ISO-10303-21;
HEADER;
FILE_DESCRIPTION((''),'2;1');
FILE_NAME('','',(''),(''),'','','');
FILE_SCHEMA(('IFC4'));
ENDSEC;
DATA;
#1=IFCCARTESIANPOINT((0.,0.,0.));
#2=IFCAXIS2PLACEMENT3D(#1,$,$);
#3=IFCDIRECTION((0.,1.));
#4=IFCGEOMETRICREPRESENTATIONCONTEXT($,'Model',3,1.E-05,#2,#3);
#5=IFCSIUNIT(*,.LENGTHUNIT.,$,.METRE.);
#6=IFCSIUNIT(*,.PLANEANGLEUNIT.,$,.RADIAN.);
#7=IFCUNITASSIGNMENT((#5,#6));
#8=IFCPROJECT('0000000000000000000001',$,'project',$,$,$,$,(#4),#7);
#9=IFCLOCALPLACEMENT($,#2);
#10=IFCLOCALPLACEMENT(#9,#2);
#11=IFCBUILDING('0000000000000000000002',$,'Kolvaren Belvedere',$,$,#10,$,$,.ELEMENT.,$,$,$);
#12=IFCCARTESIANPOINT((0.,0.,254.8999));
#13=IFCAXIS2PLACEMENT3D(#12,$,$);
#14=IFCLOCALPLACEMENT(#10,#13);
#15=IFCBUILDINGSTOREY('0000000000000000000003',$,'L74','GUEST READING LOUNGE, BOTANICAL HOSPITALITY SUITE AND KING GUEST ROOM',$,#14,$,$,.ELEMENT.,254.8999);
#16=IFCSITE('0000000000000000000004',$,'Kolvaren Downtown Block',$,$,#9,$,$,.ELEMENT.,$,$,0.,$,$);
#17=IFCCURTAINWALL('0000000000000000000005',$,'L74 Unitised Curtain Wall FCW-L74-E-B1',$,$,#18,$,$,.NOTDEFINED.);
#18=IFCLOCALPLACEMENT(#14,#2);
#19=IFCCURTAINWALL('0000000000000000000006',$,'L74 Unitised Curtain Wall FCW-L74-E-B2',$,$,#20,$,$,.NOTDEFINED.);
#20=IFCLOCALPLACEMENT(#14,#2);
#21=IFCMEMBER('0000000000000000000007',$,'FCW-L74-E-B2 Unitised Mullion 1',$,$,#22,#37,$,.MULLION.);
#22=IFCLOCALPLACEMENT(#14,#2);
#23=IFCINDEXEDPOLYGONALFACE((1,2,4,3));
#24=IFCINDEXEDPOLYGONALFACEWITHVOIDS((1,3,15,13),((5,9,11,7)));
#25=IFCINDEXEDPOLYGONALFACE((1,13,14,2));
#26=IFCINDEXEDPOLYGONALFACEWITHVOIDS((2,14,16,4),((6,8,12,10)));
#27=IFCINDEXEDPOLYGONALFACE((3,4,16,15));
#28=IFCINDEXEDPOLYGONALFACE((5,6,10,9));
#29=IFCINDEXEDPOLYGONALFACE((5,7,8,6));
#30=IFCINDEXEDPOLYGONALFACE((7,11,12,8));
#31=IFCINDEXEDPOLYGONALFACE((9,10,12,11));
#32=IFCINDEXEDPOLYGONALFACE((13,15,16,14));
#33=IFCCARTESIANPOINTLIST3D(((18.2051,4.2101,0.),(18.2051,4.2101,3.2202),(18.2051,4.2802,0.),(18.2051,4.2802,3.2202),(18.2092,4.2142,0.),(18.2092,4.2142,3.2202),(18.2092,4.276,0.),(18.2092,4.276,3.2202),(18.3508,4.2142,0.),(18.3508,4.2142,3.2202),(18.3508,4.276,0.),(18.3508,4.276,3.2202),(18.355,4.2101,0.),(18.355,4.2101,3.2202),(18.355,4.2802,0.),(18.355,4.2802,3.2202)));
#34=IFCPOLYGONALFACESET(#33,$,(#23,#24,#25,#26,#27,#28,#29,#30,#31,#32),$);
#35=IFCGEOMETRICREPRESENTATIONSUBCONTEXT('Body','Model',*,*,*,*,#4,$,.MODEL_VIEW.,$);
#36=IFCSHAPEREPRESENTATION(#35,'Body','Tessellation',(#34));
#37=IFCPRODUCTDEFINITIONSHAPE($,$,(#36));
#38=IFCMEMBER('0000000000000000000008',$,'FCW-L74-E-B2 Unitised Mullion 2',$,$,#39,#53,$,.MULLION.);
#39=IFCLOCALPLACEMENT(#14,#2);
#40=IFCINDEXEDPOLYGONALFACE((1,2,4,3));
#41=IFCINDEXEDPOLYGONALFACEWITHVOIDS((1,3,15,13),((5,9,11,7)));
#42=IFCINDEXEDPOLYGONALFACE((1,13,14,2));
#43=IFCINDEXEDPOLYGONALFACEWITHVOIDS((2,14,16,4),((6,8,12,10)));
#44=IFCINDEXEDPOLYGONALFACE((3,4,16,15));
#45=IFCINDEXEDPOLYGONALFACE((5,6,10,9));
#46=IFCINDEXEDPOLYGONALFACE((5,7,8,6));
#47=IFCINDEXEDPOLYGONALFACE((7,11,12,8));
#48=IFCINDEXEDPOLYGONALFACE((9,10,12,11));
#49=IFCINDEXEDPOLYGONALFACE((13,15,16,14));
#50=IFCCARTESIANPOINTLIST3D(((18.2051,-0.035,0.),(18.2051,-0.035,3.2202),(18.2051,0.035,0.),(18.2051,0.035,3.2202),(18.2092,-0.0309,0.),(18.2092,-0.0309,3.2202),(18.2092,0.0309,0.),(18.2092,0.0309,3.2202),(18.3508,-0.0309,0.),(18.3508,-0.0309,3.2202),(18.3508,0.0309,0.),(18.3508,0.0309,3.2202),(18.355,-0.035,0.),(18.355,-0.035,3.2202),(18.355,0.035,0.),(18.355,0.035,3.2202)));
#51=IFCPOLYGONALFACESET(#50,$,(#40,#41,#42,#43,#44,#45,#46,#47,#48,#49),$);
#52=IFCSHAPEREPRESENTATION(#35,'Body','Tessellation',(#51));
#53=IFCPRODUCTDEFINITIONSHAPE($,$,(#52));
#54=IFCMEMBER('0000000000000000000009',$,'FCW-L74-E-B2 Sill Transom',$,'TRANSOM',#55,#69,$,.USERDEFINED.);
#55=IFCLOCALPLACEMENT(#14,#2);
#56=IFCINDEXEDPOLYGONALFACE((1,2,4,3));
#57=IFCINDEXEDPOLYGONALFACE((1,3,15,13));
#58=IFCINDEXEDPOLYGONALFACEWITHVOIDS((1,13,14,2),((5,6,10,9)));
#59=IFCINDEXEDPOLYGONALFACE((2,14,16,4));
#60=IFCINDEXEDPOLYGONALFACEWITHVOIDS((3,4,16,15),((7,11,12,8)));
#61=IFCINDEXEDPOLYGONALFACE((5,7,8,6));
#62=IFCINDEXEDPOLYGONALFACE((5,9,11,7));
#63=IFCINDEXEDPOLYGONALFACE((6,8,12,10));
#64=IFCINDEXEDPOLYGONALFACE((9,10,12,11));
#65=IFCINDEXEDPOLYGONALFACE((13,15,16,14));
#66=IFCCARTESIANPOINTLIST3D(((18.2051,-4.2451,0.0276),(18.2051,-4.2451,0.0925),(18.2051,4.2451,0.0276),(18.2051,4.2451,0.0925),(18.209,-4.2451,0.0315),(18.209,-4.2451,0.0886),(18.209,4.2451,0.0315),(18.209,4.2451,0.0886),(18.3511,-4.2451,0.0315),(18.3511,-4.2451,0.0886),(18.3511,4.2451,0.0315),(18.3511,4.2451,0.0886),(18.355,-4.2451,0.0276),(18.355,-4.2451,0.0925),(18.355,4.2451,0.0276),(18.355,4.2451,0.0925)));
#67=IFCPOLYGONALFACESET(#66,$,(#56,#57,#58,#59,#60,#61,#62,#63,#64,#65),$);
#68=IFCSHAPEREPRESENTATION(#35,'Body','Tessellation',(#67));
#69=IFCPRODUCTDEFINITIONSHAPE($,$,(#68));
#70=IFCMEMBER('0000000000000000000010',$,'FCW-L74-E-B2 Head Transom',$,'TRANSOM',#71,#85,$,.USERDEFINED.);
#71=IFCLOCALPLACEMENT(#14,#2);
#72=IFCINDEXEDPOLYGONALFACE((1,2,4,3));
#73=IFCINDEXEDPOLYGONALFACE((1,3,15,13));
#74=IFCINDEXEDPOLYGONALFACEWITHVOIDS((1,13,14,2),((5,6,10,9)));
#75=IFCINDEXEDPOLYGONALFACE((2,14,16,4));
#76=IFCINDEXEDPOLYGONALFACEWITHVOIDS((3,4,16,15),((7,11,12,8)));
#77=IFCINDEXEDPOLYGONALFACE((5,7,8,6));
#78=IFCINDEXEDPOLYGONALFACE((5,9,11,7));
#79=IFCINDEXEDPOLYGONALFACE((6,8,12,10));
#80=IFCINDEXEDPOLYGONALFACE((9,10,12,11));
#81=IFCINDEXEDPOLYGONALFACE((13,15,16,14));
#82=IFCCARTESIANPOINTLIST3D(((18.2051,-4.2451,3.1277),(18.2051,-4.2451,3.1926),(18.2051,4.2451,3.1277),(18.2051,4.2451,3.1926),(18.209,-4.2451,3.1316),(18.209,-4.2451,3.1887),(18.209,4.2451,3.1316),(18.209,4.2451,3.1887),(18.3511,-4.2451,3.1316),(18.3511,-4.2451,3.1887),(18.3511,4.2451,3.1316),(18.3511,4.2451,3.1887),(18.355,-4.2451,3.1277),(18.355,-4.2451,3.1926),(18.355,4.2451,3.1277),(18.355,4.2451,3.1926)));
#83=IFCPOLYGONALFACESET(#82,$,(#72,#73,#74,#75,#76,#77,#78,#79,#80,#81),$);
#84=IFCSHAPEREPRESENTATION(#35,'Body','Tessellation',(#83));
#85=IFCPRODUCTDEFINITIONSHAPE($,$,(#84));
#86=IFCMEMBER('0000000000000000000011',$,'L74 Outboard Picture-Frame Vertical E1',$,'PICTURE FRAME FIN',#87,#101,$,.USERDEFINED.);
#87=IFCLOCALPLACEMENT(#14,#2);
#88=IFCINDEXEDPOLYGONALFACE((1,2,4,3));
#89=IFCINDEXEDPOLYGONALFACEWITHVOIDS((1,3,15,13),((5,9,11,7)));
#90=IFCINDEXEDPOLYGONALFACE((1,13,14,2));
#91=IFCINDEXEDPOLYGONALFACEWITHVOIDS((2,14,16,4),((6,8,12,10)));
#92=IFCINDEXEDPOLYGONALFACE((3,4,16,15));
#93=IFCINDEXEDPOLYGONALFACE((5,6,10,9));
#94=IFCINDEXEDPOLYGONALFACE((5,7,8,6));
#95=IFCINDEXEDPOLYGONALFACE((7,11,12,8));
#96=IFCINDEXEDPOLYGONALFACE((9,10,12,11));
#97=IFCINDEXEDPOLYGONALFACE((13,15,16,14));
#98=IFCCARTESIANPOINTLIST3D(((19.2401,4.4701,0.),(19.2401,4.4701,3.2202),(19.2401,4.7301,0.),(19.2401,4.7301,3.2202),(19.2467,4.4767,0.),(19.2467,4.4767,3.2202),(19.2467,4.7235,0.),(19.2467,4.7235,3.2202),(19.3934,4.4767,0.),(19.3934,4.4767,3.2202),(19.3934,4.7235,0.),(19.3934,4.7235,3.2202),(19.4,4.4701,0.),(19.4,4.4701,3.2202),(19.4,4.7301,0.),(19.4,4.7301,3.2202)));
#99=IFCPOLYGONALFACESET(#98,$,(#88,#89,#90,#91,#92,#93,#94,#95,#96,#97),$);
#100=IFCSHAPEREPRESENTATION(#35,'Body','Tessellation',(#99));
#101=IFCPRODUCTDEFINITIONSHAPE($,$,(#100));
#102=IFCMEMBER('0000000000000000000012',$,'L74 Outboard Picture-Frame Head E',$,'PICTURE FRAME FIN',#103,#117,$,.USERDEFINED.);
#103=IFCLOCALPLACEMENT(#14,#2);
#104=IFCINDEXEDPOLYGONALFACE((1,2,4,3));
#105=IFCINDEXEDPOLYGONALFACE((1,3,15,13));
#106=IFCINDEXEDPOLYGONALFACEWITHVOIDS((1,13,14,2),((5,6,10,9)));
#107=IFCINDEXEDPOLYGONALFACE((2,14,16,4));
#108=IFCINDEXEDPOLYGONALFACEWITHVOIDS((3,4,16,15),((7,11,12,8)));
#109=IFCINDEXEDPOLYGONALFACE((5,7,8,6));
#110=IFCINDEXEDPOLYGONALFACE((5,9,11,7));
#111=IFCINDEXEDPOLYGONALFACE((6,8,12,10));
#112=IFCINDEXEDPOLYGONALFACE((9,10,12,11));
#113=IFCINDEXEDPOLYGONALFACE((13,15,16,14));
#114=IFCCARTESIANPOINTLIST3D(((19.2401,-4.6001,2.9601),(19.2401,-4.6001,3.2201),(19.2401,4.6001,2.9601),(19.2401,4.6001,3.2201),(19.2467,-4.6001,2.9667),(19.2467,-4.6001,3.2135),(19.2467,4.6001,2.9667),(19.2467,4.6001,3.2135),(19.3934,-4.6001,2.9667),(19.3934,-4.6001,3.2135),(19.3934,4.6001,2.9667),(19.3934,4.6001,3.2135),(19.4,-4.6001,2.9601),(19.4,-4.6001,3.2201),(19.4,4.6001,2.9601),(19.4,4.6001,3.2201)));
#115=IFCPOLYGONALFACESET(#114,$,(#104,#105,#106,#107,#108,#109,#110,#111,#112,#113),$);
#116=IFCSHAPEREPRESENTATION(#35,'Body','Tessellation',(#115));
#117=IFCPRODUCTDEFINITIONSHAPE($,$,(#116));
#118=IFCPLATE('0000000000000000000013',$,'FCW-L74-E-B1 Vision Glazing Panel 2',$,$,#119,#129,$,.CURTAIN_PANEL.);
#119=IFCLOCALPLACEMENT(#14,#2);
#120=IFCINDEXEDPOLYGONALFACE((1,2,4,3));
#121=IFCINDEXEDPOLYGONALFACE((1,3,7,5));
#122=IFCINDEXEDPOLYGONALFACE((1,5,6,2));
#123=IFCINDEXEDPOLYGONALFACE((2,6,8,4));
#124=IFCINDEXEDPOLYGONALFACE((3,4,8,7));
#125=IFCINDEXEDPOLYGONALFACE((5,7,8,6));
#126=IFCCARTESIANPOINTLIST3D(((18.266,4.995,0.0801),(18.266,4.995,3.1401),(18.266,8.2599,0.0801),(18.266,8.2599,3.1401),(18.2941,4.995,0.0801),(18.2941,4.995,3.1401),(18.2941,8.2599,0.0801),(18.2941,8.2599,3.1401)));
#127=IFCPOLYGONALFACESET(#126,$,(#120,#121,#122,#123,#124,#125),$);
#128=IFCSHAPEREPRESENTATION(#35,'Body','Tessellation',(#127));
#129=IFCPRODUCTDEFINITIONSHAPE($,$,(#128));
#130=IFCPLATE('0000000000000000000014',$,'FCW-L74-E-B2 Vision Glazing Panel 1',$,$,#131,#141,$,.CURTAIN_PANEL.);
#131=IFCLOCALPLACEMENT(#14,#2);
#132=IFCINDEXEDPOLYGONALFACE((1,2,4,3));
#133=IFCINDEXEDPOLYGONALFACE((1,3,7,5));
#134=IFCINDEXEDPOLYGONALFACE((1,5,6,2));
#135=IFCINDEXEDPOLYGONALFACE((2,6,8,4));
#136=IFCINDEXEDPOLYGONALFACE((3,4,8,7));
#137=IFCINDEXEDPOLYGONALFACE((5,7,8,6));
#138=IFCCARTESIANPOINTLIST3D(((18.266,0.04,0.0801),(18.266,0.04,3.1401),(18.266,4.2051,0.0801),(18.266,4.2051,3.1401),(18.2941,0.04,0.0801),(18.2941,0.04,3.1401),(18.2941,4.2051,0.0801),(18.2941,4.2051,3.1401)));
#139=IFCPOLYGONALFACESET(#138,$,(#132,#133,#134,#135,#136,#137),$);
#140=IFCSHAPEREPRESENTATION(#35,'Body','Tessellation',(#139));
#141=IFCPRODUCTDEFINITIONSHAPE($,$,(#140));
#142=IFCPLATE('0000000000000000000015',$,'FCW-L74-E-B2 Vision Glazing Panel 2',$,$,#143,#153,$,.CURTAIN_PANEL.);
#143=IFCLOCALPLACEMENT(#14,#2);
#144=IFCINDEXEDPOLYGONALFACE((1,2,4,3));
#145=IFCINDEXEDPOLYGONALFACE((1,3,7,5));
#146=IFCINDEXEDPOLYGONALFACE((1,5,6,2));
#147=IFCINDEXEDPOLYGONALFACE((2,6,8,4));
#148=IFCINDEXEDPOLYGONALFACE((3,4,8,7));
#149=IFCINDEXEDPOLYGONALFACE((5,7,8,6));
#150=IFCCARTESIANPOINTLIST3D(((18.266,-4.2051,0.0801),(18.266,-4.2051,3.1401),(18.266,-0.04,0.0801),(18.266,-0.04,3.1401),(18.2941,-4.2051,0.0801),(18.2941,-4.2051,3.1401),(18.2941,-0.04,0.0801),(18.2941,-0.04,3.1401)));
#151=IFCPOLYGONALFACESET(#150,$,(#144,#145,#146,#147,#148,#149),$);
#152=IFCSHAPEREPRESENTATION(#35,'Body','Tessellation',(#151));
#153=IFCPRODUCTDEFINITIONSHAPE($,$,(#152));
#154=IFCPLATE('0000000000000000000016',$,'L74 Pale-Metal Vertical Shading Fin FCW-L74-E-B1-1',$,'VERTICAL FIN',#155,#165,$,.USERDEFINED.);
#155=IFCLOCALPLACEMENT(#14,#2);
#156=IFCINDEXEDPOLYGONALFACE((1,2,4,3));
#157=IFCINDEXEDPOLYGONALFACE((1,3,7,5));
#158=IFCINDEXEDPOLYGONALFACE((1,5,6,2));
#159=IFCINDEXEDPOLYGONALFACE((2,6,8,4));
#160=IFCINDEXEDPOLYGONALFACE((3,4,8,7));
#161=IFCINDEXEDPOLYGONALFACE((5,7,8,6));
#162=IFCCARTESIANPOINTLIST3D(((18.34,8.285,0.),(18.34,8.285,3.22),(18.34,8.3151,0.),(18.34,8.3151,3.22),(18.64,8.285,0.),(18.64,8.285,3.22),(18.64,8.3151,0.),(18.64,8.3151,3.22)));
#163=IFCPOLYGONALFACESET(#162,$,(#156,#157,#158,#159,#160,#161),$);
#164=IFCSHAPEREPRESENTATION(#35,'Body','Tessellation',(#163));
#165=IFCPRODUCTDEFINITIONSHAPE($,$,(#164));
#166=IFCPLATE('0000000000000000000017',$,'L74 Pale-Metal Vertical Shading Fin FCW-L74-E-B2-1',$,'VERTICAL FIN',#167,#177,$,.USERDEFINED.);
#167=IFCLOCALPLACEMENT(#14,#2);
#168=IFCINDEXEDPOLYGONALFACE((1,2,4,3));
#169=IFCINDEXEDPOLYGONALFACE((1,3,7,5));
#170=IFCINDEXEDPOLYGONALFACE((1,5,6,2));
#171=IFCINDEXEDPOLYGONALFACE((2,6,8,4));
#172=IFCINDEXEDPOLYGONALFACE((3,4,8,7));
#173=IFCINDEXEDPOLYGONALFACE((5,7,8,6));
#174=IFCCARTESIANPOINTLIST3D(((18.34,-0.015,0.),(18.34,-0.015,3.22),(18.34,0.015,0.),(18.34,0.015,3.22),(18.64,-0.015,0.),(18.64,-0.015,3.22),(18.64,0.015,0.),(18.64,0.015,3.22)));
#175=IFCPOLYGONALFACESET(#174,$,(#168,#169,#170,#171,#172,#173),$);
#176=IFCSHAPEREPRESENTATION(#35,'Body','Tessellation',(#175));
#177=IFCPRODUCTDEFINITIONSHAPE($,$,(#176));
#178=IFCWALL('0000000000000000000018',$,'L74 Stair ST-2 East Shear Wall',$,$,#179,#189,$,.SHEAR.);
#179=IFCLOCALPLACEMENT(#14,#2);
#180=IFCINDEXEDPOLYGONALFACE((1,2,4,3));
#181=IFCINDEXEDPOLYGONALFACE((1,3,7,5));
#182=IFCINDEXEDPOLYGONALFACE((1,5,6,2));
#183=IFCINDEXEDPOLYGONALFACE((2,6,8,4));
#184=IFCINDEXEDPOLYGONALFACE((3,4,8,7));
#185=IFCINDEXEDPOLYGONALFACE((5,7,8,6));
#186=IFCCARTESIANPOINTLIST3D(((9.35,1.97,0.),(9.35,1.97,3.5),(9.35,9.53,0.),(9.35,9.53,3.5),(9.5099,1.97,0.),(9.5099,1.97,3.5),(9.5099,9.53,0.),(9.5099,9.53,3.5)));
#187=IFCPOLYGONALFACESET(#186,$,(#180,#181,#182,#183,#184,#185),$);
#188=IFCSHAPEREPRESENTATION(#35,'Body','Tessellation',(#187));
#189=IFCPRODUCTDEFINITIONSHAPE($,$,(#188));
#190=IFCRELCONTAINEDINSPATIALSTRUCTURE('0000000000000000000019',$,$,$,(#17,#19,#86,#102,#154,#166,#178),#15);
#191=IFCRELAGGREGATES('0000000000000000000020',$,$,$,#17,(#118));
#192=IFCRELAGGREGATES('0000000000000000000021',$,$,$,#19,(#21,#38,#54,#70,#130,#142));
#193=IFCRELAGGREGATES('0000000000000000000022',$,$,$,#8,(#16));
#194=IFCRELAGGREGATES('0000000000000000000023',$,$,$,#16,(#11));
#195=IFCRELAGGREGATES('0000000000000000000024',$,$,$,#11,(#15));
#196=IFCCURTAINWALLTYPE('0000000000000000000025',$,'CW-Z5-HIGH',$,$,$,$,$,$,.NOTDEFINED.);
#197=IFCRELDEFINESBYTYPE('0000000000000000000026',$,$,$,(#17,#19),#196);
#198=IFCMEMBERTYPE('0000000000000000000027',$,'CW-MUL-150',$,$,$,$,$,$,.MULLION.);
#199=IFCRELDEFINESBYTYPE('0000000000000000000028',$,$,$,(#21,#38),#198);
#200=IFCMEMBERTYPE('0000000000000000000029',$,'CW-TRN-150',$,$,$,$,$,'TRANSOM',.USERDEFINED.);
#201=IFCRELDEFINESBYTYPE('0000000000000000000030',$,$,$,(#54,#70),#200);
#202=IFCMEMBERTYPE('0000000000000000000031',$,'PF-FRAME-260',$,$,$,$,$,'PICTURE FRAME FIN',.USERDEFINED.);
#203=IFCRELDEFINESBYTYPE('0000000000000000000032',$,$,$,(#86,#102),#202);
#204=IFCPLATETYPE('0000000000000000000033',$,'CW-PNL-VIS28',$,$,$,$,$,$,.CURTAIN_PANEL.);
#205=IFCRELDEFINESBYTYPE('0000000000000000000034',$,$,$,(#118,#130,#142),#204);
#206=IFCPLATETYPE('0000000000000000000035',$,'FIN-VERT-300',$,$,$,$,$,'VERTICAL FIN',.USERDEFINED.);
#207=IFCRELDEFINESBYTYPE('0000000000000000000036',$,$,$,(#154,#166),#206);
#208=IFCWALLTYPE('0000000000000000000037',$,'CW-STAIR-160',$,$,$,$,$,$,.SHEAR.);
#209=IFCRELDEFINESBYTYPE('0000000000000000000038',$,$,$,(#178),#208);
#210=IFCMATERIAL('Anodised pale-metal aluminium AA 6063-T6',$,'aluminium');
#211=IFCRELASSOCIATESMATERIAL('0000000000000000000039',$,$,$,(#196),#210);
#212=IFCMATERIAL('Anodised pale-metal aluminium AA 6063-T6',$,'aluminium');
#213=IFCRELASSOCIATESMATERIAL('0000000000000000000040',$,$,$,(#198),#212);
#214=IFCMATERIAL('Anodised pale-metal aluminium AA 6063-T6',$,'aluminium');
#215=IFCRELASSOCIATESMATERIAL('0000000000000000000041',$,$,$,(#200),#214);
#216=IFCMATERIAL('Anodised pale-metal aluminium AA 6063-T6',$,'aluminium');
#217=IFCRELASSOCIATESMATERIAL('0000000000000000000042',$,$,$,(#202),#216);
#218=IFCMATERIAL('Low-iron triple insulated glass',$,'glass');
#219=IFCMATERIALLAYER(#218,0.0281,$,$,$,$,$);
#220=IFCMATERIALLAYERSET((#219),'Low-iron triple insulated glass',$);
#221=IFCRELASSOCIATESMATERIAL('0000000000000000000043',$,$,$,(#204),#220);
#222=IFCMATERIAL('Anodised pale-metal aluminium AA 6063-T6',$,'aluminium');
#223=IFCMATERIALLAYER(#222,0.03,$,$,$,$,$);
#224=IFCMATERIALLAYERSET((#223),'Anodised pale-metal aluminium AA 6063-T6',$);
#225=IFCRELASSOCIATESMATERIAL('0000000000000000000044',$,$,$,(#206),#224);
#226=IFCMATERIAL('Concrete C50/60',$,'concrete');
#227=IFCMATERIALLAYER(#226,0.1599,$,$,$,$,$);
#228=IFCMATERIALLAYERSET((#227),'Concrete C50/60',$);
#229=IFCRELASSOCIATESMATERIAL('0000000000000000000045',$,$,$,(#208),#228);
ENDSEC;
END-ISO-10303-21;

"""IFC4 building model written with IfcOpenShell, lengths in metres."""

from ifc_helpers import new_model, si_unit, direction, frame, frame_2d, origin, origin_2d, place, context, subcontext, project, spatial, rectangle, hollow_rectangle, extrude, material, layer, layer_set, material_profile, profile_set, type_object, element, aggregate, save


model = new_model("IFC4")

# Units and contexts
model_context = context("Model", 3, precision=1e-05, world=origin(), true_north=direction((0.0, 1.0)))
body_context = subcontext(model_context, "Body", "Model", "MODEL_VIEW")
ifc_project = project(units=[si_unit("LENGTHUNIT", "METRE"), si_unit("PLANEANGLEUNIT", "RADIAN")], contexts=[model_context])

# Site, building, storey
site_placement = place(None, origin())
site = spatial("IfcSite", under=ifc_project, at=site_placement, Name="Kolvaren Downtown Block", CompositionType="ELEMENT", RefElevation=0.0)
building_placement = place(site_placement, origin())
building = spatial("IfcBuilding", under=site, at=building_placement, Name="Kolvaren Belvedere", CompositionType="ELEMENT")
storey_placement = place(building_placement, frame((0.0, 0.0, 254.8999)))
storey = spatial("IfcBuildingStorey", under=building, at=storey_placement, Name="L74", Description="GUEST READING LOUNGE, BOTANICAL HOSPITALITY SUITE AND KING GUEST ROOM", CompositionType="ELEMENT", Elevation=254.8999)

# Curtain walls, members
ifc_material_1 = material(Name="Anodised pale-metal aluminium AA 6063-T6", Category="aluminium")
curtain_wall_type = type_object("IfcCurtainWallType", Name="CW-Z5-HIGH", PredefinedType="NOTDEFINED", material=ifc_material_1)
curtain_wall_1_placement = place(storey_placement, origin())
curtain_wall_1 = element("IfcCurtainWall", 1, at=curtain_wall_1_placement, inside=storey, type_object=curtain_wall_type, Name="L74 Unitised Curtain Wall FCW-L74-E-B1", PredefinedType="NOTDEFINED")
ifc_material_2 = material(Name="Anodised pale-metal aluminium AA 6063-T6", Category="aluminium")
ifc_material_profile_1 = material_profile(ifc_material_2, hollow_rectangle(XDim=0.0701, YDim=0.1499, WallThickness=0.0042, at=origin_2d()), Name="ALU-MUL-150X70")
ifc_profile_set_1 = profile_set([ifc_material_profile_1], Name="Anodised pale-metal aluminium AA 6063-T6")
member_type_1 = type_object("IfcMemberType", Name="CW-MUL-150", PredefinedType="MULLION", material=ifc_profile_set_1)
curtain_wall_2_placement = place(storey_placement, origin())
curtain_wall_2 = element("IfcCurtainWall", 2, at=curtain_wall_2_placement, inside=storey, type_object=curtain_wall_type, Name="L74 Unitised Curtain Wall FCW-L74-E-B2", PredefinedType="NOTDEFINED")
member_1_placement = place(storey_placement, frame((18.28, 4.2451, 0.0), z_axis=(0.0, 0.0, 1.0), x_axis=(0.0, 1.0, 0.0)))
member_1 = element("IfcMember", 3, at=member_1_placement, type_object=member_type_1, Name="FCW-L74-E-B2 Unitised Mullion 1", PredefinedType="MULLION", context=body_context, shape_type="SweptSolid", body=[
    extrude(hollow_rectangle(XDim=0.0701, YDim=0.1499, WallThickness=0.0042, at=origin_2d()), origin(), (0.0, 0.0, 1.0), 3.2202),
])
member_2_placement = place(storey_placement, frame((18.28, 0.0, 0.0), z_axis=(0.0, 0.0, 1.0), x_axis=(0.0, 1.0, 0.0)))
member_2 = element("IfcMember", 4, at=member_2_placement, type_object=member_type_1, Name="FCW-L74-E-B2 Unitised Mullion 2", PredefinedType="MULLION", context=body_context, shape_type="SweptSolid", body=[
    extrude(hollow_rectangle(XDim=0.0701, YDim=0.1499, WallThickness=0.0042, at=origin_2d()), origin(), (0.0, 0.0, 1.0), 3.2202),
])
ifc_material_3 = material(Name="Anodised pale-metal aluminium AA 6063-T6", Category="aluminium")
ifc_material_profile_2 = material_profile(ifc_material_3, hollow_rectangle(XDim=0.0649, YDim=0.1499, WallThickness=0.0039, at=origin_2d()), Name="ALU-TRN-150X65")
ifc_profile_set_2 = profile_set([ifc_material_profile_2], Name="Anodised pale-metal aluminium AA 6063-T6")
member_type_2 = type_object("IfcMemberType", Name="CW-TRN-150", ElementType="TRANSOM", PredefinedType="USERDEFINED", material=ifc_profile_set_2)
member_3_placement = place(storey_placement, frame((18.28, 4.2451, 0.0601), z_axis=(0.0, -1.0, 0.0), x_axis=(0.0, 0.0, 1.0)))
member_3 = element("IfcMember", 5, at=member_3_placement, type_object=member_type_2, Name="FCW-L74-E-B2 Sill Transom", ObjectType="TRANSOM", PredefinedType="USERDEFINED", context=body_context, shape_type="SweptSolid", body=[
    extrude(hollow_rectangle(XDim=0.0649, YDim=0.1499, WallThickness=0.0039, at=origin_2d()), origin(), (0.0, 0.0, 1.0), 8.4902),
])
member_4_placement = place(storey_placement, frame((18.28, 4.2451, 3.1602), z_axis=(0.0, -1.0, 0.0), x_axis=(0.0, 0.0, 1.0)))
member_4 = element("IfcMember", 6, at=member_4_placement, type_object=member_type_2, Name="FCW-L74-E-B2 Head Transom", ObjectType="TRANSOM", PredefinedType="USERDEFINED", context=body_context, shape_type="SweptSolid", body=[
    extrude(hollow_rectangle(XDim=0.0649, YDim=0.1499, WallThickness=0.0039, at=origin_2d()), origin(), (0.0, 0.0, 1.0), 8.4902),
])

# Members
ifc_material_4 = material(Name="Anodised pale-metal aluminium AA 6063-T6", Category="aluminium")
ifc_material_profile_3 = material_profile(ifc_material_4, hollow_rectangle(XDim=0.1599, YDim=0.26, WallThickness=0.0066, at=origin_2d()), Name="ALU-PF-260X160")
ifc_profile_set_3 = profile_set([ifc_material_profile_3], Name="Anodised pale-metal aluminium AA 6063-T6")
member_type_3 = type_object("IfcMemberType", Name="PF-FRAME-260", ElementType="PICTURE FRAME FIN", PredefinedType="USERDEFINED", material=ifc_profile_set_3)
member_5_placement = place(storey_placement, frame((19.3201, 4.6001, 0.0), z_axis=(0.0, 0.0, 1.0), x_axis=(1.0, 0.0, 0.0)))
element("IfcMember", 7, at=member_5_placement, inside=storey, type_object=member_type_3, Name="L74 Outboard Picture-Frame Vertical E1", ObjectType="PICTURE FRAME FIN", PredefinedType="USERDEFINED", context=body_context, shape_type="SweptSolid", body=[
    extrude(hollow_rectangle(XDim=0.1599, YDim=0.26, WallThickness=0.0066, at=origin_2d()), origin(), (0.0, 0.0, 1.0), 3.2202),
])
member_6_placement = place(storey_placement, frame((19.3201, 4.6001, 3.0901), z_axis=(0.0, -1.0, 0.0), x_axis=(1.0, 0.0, 0.0)))
element("IfcMember", 8, at=member_6_placement, inside=storey, type_object=member_type_3, Name="L74 Outboard Picture-Frame Head E", ObjectType="PICTURE FRAME FIN", PredefinedType="USERDEFINED", context=body_context, shape_type="SweptSolid", body=[
    extrude(hollow_rectangle(XDim=0.1599, YDim=0.26, WallThickness=0.0066, at=origin_2d()), origin(), (0.0, 0.0, 1.0), 9.2002),
])

# Plates
ifc_material_5 = material(Name="Low-iron triple insulated glass", Category="glass")
ifc_layer_1 = layer(ifc_material_5, 0.0281)
ifc_layer_set_1 = layer_set([ifc_layer_1], Name="Low-iron triple insulated glass")
plate_type_1 = type_object("IfcPlateType", Name="CW-PNL-VIS28", PredefinedType="CURTAIN_PANEL", material=ifc_layer_set_1)
plate_1_placement = place(storey_placement, frame((18.28, 6.6274, 0.0801), z_axis=(0.0, 0.0, 1.0), x_axis=(0.0, -1.0, 0.0)))
plate_1 = element("IfcPlate", 9, at=plate_1_placement, type_object=plate_type_1, Name="FCW-L74-E-B1 Vision Glazing Panel 2", PredefinedType="CURTAIN_PANEL", context=body_context, shape_type="SweptSolid", body=[
    extrude(rectangle(XDim=3.2649, YDim=0.0281, at=origin_2d()), origin(), (0.0, 0.0, 1.0), 3.0601),
])
aggregate(curtain_wall_1, [plate_1])
plate_2_placement = place(storey_placement, frame((18.28, 2.1226, 0.0801), z_axis=(0.0, 0.0, 1.0), x_axis=(0.0, -1.0, 0.0)))
plate_2 = element("IfcPlate", 10, at=plate_2_placement, type_object=plate_type_1, Name="FCW-L74-E-B2 Vision Glazing Panel 1", PredefinedType="CURTAIN_PANEL", context=body_context, shape_type="SweptSolid", body=[
    extrude(rectangle(XDim=4.165, YDim=0.0281, at=origin_2d()), origin(), (0.0, 0.0, 1.0), 3.0601),
])
plate_3_placement = place(storey_placement, frame((18.28, -2.1226, 0.0801), z_axis=(0.0, 0.0, 1.0), x_axis=(0.0, -1.0, 0.0)))
plate_3 = element("IfcPlate", 11, at=plate_3_placement, type_object=plate_type_1, Name="FCW-L74-E-B2 Vision Glazing Panel 2", PredefinedType="CURTAIN_PANEL", context=body_context, shape_type="SweptSolid", body=[
    extrude(rectangle(XDim=4.165, YDim=0.0281, at=origin_2d()), origin(), (0.0, 0.0, 1.0), 3.0601),
])
aggregate(curtain_wall_2, [member_1, member_2, member_3, member_4, plate_2, plate_3])

# Plates
ifc_material_6 = material(Name="Anodised pale-metal aluminium AA 6063-T6", Category="aluminium")
ifc_layer_2 = layer(ifc_material_6, 0.03)
ifc_layer_set_2 = layer_set([ifc_layer_2], Name="Anodised pale-metal aluminium AA 6063-T6")
plate_type_2 = type_object("IfcPlateType", Name="FIN-VERT-300", ElementType="VERTICAL FIN", PredefinedType="USERDEFINED", material=ifc_layer_set_2)
for number, where, z_axis, x_axis, name in (
    (12, (18.49, 8.3, 0.0), (0.0, 0.0, 1.0), (1.0, 0.0, 0.0), "L74 Pale-Metal Vertical Shading Fin FCW-L74-E-B1-1"),
    (13, (18.49, 0.0, 0.0), (0.0, 0.0, 1.0), (1.0, 0.0, 0.0), "L74 Pale-Metal Vertical Shading Fin FCW-L74-E-B2-1"),
):
    element("IfcPlate", number, at=place(storey_placement, frame(where, z_axis=z_axis, x_axis=x_axis)), inside=storey, type_object=plate_type_2, Name=name, ObjectType="VERTICAL FIN", PredefinedType="USERDEFINED", context=body_context, shape_type="SweptSolid", body=[
        extrude(rectangle(XDim=0.3, YDim=0.03, at=origin_2d()), origin(), (0.0, 0.0, 1.0), 3.22),
    ])

# Wall
ifc_material_7 = material(Name="Concrete C50/60", Category="concrete")
ifc_layer_3 = layer(ifc_material_7, 0.1599)
ifc_layer_set_3 = layer_set([ifc_layer_3], Name="Concrete C50/60")
wall_type_1 = type_object("IfcWallType", Name="CW-STAIR-160", PredefinedType="SHEAR", material=ifc_layer_set_3)
wall_1_placement = place(storey_placement, frame((9.4299, 1.97, 0.0), z_axis=(0.0, 0.0, 1.0), x_axis=(0.0, 1.0, 0.0)))
element("IfcWall", 14, at=wall_1_placement, inside=storey, type_object=wall_type_1, Name="L74 Stair ST-2 East Shear Wall", PredefinedType="SHEAR", context=body_context, shape_type="SweptSolid", body=[
    extrude(rectangle(XDim=7.5601, YDim=0.1599, at=frame_2d((3.78, 0.0))), origin(), (0.0, 0.0, 1.0), 3.5),
])

save(model, "model.ifc")
